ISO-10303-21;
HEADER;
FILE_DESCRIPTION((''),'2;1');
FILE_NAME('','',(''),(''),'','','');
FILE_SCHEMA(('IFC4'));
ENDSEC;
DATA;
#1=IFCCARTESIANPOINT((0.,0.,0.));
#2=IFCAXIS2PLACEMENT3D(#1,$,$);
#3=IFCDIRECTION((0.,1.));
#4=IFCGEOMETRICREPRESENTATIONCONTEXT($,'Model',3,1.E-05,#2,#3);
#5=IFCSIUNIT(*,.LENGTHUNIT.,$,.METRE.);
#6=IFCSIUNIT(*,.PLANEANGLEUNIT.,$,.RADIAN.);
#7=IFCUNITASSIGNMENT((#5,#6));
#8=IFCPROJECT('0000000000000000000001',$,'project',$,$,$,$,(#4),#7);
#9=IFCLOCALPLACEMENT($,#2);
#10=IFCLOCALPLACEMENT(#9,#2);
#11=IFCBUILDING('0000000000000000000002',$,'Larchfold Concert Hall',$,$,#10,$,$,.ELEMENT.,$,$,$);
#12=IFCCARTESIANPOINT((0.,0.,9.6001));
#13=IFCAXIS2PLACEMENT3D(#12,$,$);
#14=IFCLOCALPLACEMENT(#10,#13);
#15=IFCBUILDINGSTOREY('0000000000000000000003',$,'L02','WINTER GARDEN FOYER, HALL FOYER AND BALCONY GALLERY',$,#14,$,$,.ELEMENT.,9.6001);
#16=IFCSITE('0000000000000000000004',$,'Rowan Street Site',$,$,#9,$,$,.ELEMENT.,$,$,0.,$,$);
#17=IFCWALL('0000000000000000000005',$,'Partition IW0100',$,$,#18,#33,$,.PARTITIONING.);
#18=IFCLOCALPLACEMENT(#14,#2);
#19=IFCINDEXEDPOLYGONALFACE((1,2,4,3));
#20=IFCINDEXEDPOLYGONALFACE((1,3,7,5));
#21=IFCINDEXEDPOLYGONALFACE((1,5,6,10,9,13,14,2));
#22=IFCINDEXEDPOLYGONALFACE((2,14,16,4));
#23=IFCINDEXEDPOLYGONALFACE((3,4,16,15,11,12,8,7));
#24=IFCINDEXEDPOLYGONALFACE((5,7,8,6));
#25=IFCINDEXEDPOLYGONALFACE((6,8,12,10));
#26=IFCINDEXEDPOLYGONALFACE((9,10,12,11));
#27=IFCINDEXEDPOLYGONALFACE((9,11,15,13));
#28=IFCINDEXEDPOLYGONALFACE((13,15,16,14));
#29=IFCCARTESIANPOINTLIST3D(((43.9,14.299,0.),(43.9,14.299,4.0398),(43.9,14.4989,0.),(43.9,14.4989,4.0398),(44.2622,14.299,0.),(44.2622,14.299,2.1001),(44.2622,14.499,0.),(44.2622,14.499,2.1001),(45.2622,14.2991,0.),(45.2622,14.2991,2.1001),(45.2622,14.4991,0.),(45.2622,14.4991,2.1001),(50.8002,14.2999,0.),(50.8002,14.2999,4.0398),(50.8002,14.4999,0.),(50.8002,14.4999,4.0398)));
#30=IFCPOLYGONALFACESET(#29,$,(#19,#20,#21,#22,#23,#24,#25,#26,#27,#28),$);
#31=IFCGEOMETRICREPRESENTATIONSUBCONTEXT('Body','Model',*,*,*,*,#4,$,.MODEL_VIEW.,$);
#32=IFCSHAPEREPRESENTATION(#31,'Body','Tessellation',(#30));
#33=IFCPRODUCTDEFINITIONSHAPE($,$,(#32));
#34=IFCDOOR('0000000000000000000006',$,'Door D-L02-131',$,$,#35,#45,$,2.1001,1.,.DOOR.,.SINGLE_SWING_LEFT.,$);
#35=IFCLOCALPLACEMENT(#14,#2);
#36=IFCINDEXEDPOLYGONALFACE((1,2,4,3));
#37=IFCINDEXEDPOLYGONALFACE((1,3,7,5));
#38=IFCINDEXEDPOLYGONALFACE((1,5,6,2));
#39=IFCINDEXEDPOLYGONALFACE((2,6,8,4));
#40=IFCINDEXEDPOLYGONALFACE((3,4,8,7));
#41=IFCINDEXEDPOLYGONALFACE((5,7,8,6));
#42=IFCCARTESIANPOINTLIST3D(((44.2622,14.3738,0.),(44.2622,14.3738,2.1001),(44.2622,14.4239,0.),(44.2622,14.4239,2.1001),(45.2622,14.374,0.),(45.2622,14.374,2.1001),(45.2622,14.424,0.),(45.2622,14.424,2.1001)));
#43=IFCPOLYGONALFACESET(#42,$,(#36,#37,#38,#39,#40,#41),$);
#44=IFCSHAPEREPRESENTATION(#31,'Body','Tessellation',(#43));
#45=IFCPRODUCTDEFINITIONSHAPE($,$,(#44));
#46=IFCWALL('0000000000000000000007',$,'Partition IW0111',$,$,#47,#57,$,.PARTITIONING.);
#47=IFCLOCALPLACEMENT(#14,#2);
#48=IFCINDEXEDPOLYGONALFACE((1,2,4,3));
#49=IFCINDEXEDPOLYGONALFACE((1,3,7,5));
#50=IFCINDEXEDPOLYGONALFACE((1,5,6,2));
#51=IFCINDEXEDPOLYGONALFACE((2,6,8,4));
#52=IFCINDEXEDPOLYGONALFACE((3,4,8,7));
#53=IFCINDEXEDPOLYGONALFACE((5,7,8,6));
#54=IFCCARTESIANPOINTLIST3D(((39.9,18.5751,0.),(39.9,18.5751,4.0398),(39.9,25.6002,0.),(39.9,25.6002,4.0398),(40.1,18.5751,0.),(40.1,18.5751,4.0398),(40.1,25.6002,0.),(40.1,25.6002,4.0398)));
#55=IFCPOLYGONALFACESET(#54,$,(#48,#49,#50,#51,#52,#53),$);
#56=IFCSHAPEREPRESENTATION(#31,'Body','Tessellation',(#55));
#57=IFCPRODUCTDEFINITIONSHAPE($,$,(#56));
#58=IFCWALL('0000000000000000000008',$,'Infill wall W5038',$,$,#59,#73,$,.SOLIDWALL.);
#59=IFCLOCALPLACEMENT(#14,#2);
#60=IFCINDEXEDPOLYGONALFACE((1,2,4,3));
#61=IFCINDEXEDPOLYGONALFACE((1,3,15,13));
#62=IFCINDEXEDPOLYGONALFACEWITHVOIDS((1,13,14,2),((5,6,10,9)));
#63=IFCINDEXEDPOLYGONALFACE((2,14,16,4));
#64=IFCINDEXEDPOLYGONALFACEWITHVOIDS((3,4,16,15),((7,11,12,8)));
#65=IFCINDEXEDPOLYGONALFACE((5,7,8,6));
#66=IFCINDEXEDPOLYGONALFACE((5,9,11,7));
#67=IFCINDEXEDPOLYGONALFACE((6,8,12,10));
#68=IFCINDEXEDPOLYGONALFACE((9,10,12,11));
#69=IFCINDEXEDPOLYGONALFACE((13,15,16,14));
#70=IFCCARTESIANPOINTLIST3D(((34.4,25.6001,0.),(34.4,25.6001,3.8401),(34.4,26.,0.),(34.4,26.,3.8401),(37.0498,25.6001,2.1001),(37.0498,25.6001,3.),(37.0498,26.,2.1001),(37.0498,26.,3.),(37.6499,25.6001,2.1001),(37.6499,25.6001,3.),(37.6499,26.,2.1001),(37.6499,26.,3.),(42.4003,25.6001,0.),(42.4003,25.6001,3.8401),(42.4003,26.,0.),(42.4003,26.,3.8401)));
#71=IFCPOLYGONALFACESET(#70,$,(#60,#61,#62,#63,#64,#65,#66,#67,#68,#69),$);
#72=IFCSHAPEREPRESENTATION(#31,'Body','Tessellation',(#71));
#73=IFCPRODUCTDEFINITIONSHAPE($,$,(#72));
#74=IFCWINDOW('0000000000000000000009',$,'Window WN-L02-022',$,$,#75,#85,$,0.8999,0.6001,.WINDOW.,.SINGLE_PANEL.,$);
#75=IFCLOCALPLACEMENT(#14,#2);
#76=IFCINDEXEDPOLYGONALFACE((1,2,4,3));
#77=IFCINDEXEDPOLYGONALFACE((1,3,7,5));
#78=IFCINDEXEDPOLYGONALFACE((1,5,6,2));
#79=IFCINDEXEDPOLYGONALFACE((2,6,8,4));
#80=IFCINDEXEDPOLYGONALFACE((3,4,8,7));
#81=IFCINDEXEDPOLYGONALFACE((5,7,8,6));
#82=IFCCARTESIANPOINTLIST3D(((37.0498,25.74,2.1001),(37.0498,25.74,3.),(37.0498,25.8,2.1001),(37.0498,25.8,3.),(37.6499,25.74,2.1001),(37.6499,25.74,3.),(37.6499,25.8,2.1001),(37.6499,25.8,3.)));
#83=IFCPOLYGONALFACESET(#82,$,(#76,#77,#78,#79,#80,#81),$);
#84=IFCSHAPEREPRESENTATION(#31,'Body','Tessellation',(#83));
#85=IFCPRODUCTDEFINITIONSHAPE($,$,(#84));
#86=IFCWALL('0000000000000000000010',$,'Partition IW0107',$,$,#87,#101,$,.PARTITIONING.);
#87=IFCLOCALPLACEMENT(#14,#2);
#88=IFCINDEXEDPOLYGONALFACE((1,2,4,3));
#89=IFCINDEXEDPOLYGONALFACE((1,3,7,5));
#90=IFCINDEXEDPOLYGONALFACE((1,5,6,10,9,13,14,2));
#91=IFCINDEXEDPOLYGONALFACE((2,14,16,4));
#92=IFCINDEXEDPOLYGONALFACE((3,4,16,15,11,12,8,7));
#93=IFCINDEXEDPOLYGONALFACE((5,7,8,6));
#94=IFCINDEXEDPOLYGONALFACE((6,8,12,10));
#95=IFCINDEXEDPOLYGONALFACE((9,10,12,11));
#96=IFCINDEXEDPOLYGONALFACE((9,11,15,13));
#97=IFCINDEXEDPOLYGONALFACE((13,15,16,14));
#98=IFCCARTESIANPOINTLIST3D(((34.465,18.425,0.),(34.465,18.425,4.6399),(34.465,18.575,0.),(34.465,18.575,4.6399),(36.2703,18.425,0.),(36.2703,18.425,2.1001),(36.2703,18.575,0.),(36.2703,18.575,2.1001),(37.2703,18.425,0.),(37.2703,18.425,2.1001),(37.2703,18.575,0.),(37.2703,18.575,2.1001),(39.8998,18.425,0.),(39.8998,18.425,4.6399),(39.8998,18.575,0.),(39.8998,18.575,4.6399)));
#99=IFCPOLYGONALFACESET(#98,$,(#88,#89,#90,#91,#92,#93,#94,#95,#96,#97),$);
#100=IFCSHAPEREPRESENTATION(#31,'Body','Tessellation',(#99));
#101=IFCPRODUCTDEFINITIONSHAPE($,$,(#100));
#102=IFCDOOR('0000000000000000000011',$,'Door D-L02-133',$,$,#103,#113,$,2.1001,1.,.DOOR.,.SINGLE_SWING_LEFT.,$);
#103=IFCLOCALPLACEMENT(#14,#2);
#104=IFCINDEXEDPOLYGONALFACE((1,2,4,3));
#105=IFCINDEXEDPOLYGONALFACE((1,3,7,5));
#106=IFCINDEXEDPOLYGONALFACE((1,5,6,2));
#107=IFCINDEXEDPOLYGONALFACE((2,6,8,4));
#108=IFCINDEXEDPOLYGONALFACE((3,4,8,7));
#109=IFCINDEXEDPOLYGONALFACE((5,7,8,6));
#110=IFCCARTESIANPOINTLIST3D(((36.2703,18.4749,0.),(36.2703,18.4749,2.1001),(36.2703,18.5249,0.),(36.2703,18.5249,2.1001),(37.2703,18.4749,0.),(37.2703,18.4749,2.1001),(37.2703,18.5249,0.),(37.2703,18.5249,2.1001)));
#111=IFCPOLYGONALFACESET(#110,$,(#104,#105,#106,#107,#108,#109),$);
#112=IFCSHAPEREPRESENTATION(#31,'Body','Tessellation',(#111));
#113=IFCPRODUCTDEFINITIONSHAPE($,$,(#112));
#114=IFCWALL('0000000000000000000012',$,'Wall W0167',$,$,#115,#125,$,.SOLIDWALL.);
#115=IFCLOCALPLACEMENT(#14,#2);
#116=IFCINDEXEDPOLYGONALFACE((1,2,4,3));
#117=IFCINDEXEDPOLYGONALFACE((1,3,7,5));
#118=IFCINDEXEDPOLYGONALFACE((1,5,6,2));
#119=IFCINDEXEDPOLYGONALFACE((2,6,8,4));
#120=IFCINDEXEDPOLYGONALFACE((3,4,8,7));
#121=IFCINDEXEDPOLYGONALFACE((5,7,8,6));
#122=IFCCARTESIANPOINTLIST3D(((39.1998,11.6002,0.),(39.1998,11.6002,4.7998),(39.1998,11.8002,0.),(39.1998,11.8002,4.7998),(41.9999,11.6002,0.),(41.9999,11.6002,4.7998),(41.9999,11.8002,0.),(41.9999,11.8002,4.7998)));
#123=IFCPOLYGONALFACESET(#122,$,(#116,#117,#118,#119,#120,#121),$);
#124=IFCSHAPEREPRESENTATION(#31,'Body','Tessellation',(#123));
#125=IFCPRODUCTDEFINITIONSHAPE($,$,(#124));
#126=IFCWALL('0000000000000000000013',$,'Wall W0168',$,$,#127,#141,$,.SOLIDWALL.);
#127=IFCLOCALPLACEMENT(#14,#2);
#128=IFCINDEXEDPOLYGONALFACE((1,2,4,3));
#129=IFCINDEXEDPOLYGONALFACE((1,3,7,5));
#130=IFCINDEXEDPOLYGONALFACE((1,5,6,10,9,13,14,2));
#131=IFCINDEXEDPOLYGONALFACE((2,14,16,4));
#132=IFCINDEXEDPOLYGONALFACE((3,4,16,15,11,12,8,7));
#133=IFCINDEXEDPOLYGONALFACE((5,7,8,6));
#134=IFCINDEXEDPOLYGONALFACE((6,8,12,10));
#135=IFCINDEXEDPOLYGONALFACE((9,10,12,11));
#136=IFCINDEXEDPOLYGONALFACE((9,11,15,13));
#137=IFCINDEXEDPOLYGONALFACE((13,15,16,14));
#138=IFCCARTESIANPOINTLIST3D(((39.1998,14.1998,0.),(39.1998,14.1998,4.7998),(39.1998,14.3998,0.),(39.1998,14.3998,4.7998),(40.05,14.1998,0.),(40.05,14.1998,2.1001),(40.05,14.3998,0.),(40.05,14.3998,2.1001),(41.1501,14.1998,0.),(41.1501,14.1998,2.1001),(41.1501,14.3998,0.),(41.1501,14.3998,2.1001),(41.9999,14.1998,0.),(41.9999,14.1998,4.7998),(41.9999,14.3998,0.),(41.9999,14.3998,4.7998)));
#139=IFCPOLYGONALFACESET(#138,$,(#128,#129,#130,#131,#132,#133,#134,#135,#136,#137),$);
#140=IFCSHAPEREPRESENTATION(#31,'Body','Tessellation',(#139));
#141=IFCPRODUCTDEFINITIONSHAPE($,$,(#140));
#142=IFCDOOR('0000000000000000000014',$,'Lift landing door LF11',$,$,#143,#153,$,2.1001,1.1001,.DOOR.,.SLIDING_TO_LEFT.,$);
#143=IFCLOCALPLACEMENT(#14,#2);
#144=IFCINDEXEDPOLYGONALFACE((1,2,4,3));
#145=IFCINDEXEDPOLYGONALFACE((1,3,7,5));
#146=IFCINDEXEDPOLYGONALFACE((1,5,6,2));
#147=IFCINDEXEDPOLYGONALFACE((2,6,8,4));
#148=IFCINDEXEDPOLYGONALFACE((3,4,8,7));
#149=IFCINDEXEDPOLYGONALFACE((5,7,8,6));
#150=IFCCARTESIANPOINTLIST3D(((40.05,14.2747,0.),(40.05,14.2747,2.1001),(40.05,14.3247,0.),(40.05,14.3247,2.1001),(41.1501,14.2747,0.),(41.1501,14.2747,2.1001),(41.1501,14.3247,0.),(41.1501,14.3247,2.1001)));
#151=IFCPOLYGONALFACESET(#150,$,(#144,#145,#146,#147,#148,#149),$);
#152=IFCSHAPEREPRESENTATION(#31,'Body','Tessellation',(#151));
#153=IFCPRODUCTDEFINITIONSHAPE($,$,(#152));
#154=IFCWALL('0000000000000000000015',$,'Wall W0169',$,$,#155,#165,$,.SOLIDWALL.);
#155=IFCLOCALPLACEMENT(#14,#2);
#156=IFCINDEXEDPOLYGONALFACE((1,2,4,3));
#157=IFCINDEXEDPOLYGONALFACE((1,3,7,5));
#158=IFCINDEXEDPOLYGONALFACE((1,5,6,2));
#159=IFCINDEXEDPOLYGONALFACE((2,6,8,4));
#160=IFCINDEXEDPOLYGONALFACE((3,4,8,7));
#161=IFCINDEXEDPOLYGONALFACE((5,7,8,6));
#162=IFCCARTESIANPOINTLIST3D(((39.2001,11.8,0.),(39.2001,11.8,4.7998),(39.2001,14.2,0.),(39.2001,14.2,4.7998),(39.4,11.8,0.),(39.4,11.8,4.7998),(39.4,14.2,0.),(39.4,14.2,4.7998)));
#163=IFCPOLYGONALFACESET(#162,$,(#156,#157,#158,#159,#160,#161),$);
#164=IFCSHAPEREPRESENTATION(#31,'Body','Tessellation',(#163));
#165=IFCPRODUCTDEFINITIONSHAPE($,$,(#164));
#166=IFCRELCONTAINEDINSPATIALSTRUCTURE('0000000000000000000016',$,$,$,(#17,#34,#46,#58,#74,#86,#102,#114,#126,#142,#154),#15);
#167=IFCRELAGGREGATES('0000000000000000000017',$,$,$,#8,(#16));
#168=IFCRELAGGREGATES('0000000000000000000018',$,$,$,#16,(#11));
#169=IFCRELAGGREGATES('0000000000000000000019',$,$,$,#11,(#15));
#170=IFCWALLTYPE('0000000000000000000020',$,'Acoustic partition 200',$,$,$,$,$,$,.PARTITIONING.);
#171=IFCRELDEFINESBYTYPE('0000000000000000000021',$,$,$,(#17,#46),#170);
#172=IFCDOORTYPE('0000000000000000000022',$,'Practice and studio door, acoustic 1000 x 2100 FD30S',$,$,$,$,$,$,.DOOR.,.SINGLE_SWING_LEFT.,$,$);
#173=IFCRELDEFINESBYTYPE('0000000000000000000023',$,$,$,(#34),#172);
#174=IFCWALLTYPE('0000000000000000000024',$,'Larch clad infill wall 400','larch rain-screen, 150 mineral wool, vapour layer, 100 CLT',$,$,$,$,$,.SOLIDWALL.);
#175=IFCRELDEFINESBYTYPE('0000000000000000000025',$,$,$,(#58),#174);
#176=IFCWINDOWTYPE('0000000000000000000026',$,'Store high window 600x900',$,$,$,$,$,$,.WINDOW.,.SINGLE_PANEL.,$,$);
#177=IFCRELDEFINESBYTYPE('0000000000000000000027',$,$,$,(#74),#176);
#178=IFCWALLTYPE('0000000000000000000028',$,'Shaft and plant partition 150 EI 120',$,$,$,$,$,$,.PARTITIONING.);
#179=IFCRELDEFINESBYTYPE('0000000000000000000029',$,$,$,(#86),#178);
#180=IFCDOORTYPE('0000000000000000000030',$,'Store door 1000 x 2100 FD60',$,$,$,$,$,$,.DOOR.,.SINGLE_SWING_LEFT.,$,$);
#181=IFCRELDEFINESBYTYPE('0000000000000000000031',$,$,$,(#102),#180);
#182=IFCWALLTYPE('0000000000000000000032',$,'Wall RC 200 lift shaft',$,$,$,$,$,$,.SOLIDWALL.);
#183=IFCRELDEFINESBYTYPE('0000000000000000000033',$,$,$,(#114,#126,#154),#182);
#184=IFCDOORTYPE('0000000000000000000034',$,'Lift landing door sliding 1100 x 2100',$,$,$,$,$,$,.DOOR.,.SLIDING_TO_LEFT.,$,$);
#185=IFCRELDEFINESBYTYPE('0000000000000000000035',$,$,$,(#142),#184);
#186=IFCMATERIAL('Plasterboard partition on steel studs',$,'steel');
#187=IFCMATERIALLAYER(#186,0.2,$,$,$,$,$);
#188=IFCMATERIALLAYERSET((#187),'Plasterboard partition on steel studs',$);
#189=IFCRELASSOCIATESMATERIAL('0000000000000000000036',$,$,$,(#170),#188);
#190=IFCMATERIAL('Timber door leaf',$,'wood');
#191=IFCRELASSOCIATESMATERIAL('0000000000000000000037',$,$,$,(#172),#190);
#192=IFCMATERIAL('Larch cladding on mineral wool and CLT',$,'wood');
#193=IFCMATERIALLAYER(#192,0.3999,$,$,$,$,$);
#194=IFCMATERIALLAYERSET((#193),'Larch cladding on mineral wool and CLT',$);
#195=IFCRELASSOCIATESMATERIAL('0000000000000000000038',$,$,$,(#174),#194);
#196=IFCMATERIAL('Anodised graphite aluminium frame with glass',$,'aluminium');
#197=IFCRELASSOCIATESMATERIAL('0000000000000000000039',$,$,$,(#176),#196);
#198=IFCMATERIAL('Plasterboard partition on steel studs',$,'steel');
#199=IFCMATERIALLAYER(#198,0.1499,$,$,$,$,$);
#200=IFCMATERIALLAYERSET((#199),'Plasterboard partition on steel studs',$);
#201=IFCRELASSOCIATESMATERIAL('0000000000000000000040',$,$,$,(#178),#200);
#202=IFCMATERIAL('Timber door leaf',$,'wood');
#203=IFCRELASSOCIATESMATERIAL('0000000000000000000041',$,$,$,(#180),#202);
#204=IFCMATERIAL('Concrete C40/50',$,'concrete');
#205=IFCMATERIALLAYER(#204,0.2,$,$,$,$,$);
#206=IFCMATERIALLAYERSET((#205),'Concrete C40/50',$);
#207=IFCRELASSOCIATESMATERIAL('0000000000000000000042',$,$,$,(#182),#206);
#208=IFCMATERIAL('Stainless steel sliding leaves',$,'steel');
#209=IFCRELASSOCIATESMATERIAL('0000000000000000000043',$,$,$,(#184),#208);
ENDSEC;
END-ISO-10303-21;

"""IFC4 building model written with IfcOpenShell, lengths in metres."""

from ifc_helpers import new_model, si_unit, direction, frame, frame_2d, origin, place, context, subcontext, project, spatial, rectangle, extrude, material, layer, layer_set, type_object, element, fill, save


model = new_model("IFC4")

# Units and contexts
model_context = context("Model", 3, precision=1e-05, world=origin(), true_north=direction((0.0, 1.0)))
body_context = subcontext(model_context, "Body", "Model", "MODEL_VIEW")
ifc_project = project(units=[si_unit("LENGTHUNIT", "METRE"), si_unit("PLANEANGLEUNIT", "RADIAN")], contexts=[model_context])

# Site, building, storey
site_placement = place(None, origin())
site = spatial("IfcSite", under=ifc_project, at=site_placement, Name="Rowan Street Site", CompositionType="ELEMENT", RefElevation=0.0)
building_placement = place(site_placement, origin())
building = spatial("IfcBuilding", under=site, at=building_placement, Name="Larchfold Concert Hall", CompositionType="ELEMENT")
storey_placement = place(building_placement, frame((0.0, 0.0, 9.6001)))
storey = spatial("IfcBuildingStorey", under=building, at=storey_placement, Name="L02", Description="WINTER GARDEN FOYER, HALL FOYER AND BALCONY GALLERY", CompositionType="ELEMENT", Elevation=9.6001)

# Shared definitions
ifc_material_1 = material(Name="Plasterboard partition on steel studs", Category="steel")
ifc_layer_1 = layer(ifc_material_1, 0.2)
ifc_layer_set_1 = layer_set([ifc_layer_1], Name="Plasterboard partition on steel studs")
wall_type_1 = type_object("IfcWallType", Name="Acoustic partition 200", PredefinedType="PARTITIONING", material=ifc_layer_set_1)

# Wall, opening, door
wall_1_placement = place(storey_placement, frame((43.8999, 14.3989, 0.0), z_axis=(0.0, 0.0, 1.0), x_axis=(1.0, 0.000142, 0.0)))
wall_1 = element("IfcWall", 1, at=wall_1_placement, inside=storey, type_object=wall_type_1, Name="Partition IW0100", PredefinedType="PARTITIONING", context=body_context, shape_type="SweptSolid", body=[
    extrude(rectangle(XDim=6.9001, YDim=0.2, at=frame_2d((3.4502, 0.0))), origin(), (0.0, 0.0, 1.0), 4.0398),
])
opening_1_placement = place(wall_1_placement, frame((0.3623, 0.0, 0.0)))
opening_1 = element("IfcOpeningElement", 2, at=opening_1_placement, cuts=wall_1, PredefinedType="OPENING", context=body_context, shape_type="SweptSolid", body=[
    extrude(rectangle(XDim=1.0, YDim=2.1001, at=frame_2d((0.5, 1.05))), frame((0.0, 0.1099, 0.0), z_axis=(0.0, -1.0, 0.0), x_axis=(1.0, 0.0, 0.0)), (0.0, 0.0, 1.0), 0.22),
])
ifc_material_2 = material(Name="Timber door leaf", Category="wood")
door_type_1 = type_object("IfcDoorType", Name="Practice and studio door, acoustic 1000 x 2100 FD30S", OperationType="SINGLE_SWING_LEFT", PredefinedType="DOOR", material=ifc_material_2)
door_1_placement = place(opening_1_placement, origin())
door_1 = element("IfcDoor", 3, at=door_1_placement, inside=storey, type_object=door_type_1, Name="Door D-L02-131", OperationType="SINGLE_SWING_LEFT", OverallHeight=2.1001, OverallWidth=1.0, PredefinedType="DOOR", context=body_context, shape_type="SweptSolid", body=[
    extrude(rectangle(XDim=1.0, YDim=2.1001, at=frame_2d((0.5, 1.05))), frame((0.0, 0.0249, 0.0), z_axis=(0.0, -1.0, 0.0), x_axis=(1.0, 0.0, 0.0)), (0.0, 0.0, 1.0), 0.05),
])
fill(opening_1, door_1)

# Wall
wall_2_placement = place(storey_placement, frame((40.0, 18.575, 0.0), z_axis=(0.0, 0.0, 1.0), x_axis=(0.0, 1.0, 0.0)))
element("IfcWall", 4, at=wall_2_placement, inside=storey, type_object=wall_type_1, Name="Partition IW0111", PredefinedType="PARTITIONING", context=body_context, shape_type="SweptSolid", body=[
    extrude(rectangle(XDim=7.0251, YDim=0.2, at=frame_2d((3.5127, 0.0))), origin(), (0.0, 0.0, 1.0), 4.0398),
])

# Wall, opening, window
ifc_material_3 = material(Name="Larch cladding on mineral wool and CLT", Category="wood")
ifc_layer_2 = layer(ifc_material_3, 0.3999)
ifc_layer_set_2 = layer_set([ifc_layer_2], Name="Larch cladding on mineral wool and CLT")
wall_type_2 = type_object("IfcWallType", Name="Larch clad infill wall 400", Description="larch rain-screen, 150 mineral wool, vapour layer, 100 CLT", PredefinedType="SOLIDWALL", material=ifc_layer_set_2)
wall_3_placement = place(storey_placement, frame((42.4001, 25.8, 0.0), z_axis=(0.0, 0.0, 1.0), x_axis=(-1.0, 0.0, 0.0)))
wall_3 = element("IfcWall", 5, at=wall_3_placement, inside=storey, type_object=wall_type_2, Name="Infill wall W5038", PredefinedType="SOLIDWALL", context=body_context, shape_type="SweptSolid", body=[
    extrude(rectangle(XDim=8.0002, YDim=0.3999, at=frame_2d((4.0, 0.0))), origin(), (0.0, 0.0, 1.0), 3.8401),
])
opening_2_placement = place(wall_3_placement, frame((4.7502, 0.0, 2.1001)))
opening_2 = element("IfcOpeningElement", 6, at=opening_2_placement, cuts=wall_3, PredefinedType="OPENING", context=body_context, shape_type="SweptSolid", body=[
    extrude(rectangle(XDim=0.6001, YDim=0.8999, at=frame_2d((0.3, 0.45))), frame((0.0, 0.21, 0.0), z_axis=(0.0, -1.0, 0.0), x_axis=(1.0, 0.0, 0.0)), (0.0, 0.0, 1.0), 0.4199),
])
ifc_material_4 = material(Name="Anodised graphite aluminium frame with glass", Category="aluminium")
window_type = type_object("IfcWindowType", Name="Store high window 600x900", PartitioningType="SINGLE_PANEL", PredefinedType="WINDOW", material=ifc_material_4)
window_placement = place(opening_2_placement, origin())
window = element("IfcWindow", 7, at=window_placement, inside=storey, type_object=window_type, Name="Window WN-L02-022", OverallHeight=0.8999, OverallWidth=0.6001, PartitioningType="SINGLE_PANEL", PredefinedType="WINDOW", context=body_context, shape_type="SweptSolid", body=[
    extrude(rectangle(XDim=0.6001, YDim=0.8999, at=frame_2d((0.3, 0.45))), frame((0.0, 0.0601, 0.0), z_axis=(0.0, -1.0, 0.0), x_axis=(1.0, 0.0, 0.0)), (0.0, 0.0, 1.0), 0.0601),
])
fill(opening_2, window)

# Wall, opening, door
ifc_material_5 = material(Name="Plasterboard partition on steel studs", Category="steel")
ifc_layer_3 = layer(ifc_material_5, 0.1499)
ifc_layer_set_3 = layer_set([ifc_layer_3], Name="Plasterboard partition on steel studs")
wall_type_3 = type_object("IfcWallType", Name="Shaft and plant partition 150 EI 120", PredefinedType="PARTITIONING", material=ifc_layer_set_3)
wall_4_placement = place(storey_placement, frame((34.4651, 18.5, 0.0), z_axis=(0.0, 0.0, 1.0), x_axis=(1.0, 0.0, 0.0)))
wall_4 = element("IfcWall", 8, at=wall_4_placement, inside=storey, type_object=wall_type_3, Name="Partition IW0107", PredefinedType="PARTITIONING", context=body_context, shape_type="SweptSolid", body=[
    extrude(rectangle(XDim=5.4348, YDim=0.1499, at=frame_2d((2.7173, 0.0))), origin(), (0.0, 0.0, 1.0), 4.6399),
])
opening_3_placement = place(wall_4_placement, frame((1.8052, 0.0, 0.0)))
opening_3 = element("IfcOpeningElement", 9, at=opening_3_placement, cuts=wall_4, PredefinedType="OPENING", context=body_context, shape_type="SweptSolid", body=[
    extrude(rectangle(XDim=1.0, YDim=2.1001, at=frame_2d((0.5, 1.05))), frame((0.0, 0.085, 0.0), z_axis=(0.0, -1.0, 0.0), x_axis=(1.0, 0.0, 0.0)), (0.0, 0.0, 1.0), 0.1699),
])
ifc_material_6 = material(Name="Timber door leaf", Category="wood")
door_type_2 = type_object("IfcDoorType", Name="Store door 1000 x 2100 FD60", OperationType="SINGLE_SWING_LEFT", PredefinedType="DOOR", material=ifc_material_6)
door_2_placement = place(opening_3_placement, origin())
door_2 = element("IfcDoor", 10, at=door_2_placement, inside=storey, type_object=door_type_2, Name="Door D-L02-133", OperationType="SINGLE_SWING_LEFT", OverallHeight=2.1001, OverallWidth=1.0, PredefinedType="DOOR", context=body_context, shape_type="SweptSolid", body=[
    extrude(rectangle(XDim=1.0, YDim=2.1001, at=frame_2d((0.5, 1.05))), frame((0.0, 0.0249, 0.0), z_axis=(0.0, -1.0, 0.0), x_axis=(1.0, 0.0, 0.0)), (0.0, 0.0, 1.0), 0.05),
])
fill(opening_3, door_2)

# Wall
ifc_material_7 = material(Name="Concrete C40/50", Category="concrete")
ifc_layer_4 = layer(ifc_material_7, 0.2)
ifc_layer_set_4 = layer_set([ifc_layer_4], Name="Concrete C40/50")
wall_type_4 = type_object("IfcWallType", Name="Wall RC 200 lift shaft", PredefinedType="SOLIDWALL", material=ifc_layer_set_4)
wall_5_placement = place(storey_placement, frame((39.2, 11.7002, 0.0), z_axis=(0.0, 0.0, 1.0), x_axis=(1.0, 0.0, 0.0)))
element("IfcWall", 11, at=wall_5_placement, inside=storey, type_object=wall_type_4, Name="Wall W0167", PredefinedType="SOLIDWALL", context=body_context, shape_type="SweptSolid", body=[
    extrude(rectangle(XDim=2.8, YDim=0.2, at=frame_2d((1.3999, 0.0))), origin(), (0.0, 0.0, 1.0), 4.7998),
])

# Wall, opening, door
wall_6_placement = place(storey_placement, frame((39.2, 14.2998, 0.0), z_axis=(0.0, 0.0, 1.0), x_axis=(1.0, 0.0, 0.0)))
wall_6 = element("IfcWall", 12, at=wall_6_placement, inside=storey, type_object=wall_type_4, Name="Wall W0168", PredefinedType="SOLIDWALL", context=body_context, shape_type="SweptSolid", body=[
    extrude(rectangle(XDim=2.8, YDim=0.2, at=frame_2d((1.3999, 0.0))), origin(), (0.0, 0.0, 1.0), 4.7998),
])
opening_4_placement = place(wall_6_placement, frame((0.8501, 0.0, 0.0)))
opening_4 = element("IfcOpeningElement", 13, at=opening_4_placement, cuts=wall_6, PredefinedType="OPENING", context=body_context, shape_type="SweptSolid", body=[
    extrude(rectangle(XDim=1.1001, YDim=2.1001, at=frame_2d((0.55, 1.05))), frame((0.0, 0.1099, 0.0), z_axis=(0.0, -1.0, 0.0), x_axis=(1.0, 0.0, 0.0)), (0.0, 0.0, 1.0), 0.22),
])
ifc_material_8 = material(Name="Stainless steel sliding leaves", Category="steel")
door_type_3 = type_object("IfcDoorType", Name="Lift landing door sliding 1100 x 2100", OperationType="SLIDING_TO_LEFT", PredefinedType="DOOR", material=ifc_material_8)
door_3_placement = place(opening_4_placement, origin())
door_3 = element("IfcDoor", 14, at=door_3_placement, inside=storey, type_object=door_type_3, Name="Lift landing door LF11", OperationType="SLIDING_TO_LEFT", OverallHeight=2.1001, OverallWidth=1.1001, PredefinedType="DOOR", context=body_context, shape_type="SweptSolid", body=[
    extrude(rectangle(XDim=1.1001, YDim=2.1001, at=frame_2d((0.55, 1.05))), frame((0.0, 0.0249, 0.0), z_axis=(0.0, -1.0, 0.0), x_axis=(1.0, 0.0, 0.0)), (0.0, 0.0, 1.0), 0.05),
])
fill(opening_4, door_3)

# Wall
for number, where, z_axis, x_axis, name in (
    (15, (39.3, 11.8, 0.0), (0.0, 0.0, 1.0), (0.0, 1.0, 0.0), "Wall W0169"),
):
    element("IfcWall", number, at=place(storey_placement, frame(where, z_axis=z_axis, x_axis=x_axis)), inside=storey, type_object=wall_type_4, Name=name, PredefinedType="SOLIDWALL", context=body_context, shape_type="SweptSolid", body=[
        extrude(rectangle(XDim=2.3999, YDim=0.2, at=frame_2d((1.2, 0.0))), origin(), (0.0, 0.0, 1.0), 4.7998),
    ])

save(model, "model.ifc")
